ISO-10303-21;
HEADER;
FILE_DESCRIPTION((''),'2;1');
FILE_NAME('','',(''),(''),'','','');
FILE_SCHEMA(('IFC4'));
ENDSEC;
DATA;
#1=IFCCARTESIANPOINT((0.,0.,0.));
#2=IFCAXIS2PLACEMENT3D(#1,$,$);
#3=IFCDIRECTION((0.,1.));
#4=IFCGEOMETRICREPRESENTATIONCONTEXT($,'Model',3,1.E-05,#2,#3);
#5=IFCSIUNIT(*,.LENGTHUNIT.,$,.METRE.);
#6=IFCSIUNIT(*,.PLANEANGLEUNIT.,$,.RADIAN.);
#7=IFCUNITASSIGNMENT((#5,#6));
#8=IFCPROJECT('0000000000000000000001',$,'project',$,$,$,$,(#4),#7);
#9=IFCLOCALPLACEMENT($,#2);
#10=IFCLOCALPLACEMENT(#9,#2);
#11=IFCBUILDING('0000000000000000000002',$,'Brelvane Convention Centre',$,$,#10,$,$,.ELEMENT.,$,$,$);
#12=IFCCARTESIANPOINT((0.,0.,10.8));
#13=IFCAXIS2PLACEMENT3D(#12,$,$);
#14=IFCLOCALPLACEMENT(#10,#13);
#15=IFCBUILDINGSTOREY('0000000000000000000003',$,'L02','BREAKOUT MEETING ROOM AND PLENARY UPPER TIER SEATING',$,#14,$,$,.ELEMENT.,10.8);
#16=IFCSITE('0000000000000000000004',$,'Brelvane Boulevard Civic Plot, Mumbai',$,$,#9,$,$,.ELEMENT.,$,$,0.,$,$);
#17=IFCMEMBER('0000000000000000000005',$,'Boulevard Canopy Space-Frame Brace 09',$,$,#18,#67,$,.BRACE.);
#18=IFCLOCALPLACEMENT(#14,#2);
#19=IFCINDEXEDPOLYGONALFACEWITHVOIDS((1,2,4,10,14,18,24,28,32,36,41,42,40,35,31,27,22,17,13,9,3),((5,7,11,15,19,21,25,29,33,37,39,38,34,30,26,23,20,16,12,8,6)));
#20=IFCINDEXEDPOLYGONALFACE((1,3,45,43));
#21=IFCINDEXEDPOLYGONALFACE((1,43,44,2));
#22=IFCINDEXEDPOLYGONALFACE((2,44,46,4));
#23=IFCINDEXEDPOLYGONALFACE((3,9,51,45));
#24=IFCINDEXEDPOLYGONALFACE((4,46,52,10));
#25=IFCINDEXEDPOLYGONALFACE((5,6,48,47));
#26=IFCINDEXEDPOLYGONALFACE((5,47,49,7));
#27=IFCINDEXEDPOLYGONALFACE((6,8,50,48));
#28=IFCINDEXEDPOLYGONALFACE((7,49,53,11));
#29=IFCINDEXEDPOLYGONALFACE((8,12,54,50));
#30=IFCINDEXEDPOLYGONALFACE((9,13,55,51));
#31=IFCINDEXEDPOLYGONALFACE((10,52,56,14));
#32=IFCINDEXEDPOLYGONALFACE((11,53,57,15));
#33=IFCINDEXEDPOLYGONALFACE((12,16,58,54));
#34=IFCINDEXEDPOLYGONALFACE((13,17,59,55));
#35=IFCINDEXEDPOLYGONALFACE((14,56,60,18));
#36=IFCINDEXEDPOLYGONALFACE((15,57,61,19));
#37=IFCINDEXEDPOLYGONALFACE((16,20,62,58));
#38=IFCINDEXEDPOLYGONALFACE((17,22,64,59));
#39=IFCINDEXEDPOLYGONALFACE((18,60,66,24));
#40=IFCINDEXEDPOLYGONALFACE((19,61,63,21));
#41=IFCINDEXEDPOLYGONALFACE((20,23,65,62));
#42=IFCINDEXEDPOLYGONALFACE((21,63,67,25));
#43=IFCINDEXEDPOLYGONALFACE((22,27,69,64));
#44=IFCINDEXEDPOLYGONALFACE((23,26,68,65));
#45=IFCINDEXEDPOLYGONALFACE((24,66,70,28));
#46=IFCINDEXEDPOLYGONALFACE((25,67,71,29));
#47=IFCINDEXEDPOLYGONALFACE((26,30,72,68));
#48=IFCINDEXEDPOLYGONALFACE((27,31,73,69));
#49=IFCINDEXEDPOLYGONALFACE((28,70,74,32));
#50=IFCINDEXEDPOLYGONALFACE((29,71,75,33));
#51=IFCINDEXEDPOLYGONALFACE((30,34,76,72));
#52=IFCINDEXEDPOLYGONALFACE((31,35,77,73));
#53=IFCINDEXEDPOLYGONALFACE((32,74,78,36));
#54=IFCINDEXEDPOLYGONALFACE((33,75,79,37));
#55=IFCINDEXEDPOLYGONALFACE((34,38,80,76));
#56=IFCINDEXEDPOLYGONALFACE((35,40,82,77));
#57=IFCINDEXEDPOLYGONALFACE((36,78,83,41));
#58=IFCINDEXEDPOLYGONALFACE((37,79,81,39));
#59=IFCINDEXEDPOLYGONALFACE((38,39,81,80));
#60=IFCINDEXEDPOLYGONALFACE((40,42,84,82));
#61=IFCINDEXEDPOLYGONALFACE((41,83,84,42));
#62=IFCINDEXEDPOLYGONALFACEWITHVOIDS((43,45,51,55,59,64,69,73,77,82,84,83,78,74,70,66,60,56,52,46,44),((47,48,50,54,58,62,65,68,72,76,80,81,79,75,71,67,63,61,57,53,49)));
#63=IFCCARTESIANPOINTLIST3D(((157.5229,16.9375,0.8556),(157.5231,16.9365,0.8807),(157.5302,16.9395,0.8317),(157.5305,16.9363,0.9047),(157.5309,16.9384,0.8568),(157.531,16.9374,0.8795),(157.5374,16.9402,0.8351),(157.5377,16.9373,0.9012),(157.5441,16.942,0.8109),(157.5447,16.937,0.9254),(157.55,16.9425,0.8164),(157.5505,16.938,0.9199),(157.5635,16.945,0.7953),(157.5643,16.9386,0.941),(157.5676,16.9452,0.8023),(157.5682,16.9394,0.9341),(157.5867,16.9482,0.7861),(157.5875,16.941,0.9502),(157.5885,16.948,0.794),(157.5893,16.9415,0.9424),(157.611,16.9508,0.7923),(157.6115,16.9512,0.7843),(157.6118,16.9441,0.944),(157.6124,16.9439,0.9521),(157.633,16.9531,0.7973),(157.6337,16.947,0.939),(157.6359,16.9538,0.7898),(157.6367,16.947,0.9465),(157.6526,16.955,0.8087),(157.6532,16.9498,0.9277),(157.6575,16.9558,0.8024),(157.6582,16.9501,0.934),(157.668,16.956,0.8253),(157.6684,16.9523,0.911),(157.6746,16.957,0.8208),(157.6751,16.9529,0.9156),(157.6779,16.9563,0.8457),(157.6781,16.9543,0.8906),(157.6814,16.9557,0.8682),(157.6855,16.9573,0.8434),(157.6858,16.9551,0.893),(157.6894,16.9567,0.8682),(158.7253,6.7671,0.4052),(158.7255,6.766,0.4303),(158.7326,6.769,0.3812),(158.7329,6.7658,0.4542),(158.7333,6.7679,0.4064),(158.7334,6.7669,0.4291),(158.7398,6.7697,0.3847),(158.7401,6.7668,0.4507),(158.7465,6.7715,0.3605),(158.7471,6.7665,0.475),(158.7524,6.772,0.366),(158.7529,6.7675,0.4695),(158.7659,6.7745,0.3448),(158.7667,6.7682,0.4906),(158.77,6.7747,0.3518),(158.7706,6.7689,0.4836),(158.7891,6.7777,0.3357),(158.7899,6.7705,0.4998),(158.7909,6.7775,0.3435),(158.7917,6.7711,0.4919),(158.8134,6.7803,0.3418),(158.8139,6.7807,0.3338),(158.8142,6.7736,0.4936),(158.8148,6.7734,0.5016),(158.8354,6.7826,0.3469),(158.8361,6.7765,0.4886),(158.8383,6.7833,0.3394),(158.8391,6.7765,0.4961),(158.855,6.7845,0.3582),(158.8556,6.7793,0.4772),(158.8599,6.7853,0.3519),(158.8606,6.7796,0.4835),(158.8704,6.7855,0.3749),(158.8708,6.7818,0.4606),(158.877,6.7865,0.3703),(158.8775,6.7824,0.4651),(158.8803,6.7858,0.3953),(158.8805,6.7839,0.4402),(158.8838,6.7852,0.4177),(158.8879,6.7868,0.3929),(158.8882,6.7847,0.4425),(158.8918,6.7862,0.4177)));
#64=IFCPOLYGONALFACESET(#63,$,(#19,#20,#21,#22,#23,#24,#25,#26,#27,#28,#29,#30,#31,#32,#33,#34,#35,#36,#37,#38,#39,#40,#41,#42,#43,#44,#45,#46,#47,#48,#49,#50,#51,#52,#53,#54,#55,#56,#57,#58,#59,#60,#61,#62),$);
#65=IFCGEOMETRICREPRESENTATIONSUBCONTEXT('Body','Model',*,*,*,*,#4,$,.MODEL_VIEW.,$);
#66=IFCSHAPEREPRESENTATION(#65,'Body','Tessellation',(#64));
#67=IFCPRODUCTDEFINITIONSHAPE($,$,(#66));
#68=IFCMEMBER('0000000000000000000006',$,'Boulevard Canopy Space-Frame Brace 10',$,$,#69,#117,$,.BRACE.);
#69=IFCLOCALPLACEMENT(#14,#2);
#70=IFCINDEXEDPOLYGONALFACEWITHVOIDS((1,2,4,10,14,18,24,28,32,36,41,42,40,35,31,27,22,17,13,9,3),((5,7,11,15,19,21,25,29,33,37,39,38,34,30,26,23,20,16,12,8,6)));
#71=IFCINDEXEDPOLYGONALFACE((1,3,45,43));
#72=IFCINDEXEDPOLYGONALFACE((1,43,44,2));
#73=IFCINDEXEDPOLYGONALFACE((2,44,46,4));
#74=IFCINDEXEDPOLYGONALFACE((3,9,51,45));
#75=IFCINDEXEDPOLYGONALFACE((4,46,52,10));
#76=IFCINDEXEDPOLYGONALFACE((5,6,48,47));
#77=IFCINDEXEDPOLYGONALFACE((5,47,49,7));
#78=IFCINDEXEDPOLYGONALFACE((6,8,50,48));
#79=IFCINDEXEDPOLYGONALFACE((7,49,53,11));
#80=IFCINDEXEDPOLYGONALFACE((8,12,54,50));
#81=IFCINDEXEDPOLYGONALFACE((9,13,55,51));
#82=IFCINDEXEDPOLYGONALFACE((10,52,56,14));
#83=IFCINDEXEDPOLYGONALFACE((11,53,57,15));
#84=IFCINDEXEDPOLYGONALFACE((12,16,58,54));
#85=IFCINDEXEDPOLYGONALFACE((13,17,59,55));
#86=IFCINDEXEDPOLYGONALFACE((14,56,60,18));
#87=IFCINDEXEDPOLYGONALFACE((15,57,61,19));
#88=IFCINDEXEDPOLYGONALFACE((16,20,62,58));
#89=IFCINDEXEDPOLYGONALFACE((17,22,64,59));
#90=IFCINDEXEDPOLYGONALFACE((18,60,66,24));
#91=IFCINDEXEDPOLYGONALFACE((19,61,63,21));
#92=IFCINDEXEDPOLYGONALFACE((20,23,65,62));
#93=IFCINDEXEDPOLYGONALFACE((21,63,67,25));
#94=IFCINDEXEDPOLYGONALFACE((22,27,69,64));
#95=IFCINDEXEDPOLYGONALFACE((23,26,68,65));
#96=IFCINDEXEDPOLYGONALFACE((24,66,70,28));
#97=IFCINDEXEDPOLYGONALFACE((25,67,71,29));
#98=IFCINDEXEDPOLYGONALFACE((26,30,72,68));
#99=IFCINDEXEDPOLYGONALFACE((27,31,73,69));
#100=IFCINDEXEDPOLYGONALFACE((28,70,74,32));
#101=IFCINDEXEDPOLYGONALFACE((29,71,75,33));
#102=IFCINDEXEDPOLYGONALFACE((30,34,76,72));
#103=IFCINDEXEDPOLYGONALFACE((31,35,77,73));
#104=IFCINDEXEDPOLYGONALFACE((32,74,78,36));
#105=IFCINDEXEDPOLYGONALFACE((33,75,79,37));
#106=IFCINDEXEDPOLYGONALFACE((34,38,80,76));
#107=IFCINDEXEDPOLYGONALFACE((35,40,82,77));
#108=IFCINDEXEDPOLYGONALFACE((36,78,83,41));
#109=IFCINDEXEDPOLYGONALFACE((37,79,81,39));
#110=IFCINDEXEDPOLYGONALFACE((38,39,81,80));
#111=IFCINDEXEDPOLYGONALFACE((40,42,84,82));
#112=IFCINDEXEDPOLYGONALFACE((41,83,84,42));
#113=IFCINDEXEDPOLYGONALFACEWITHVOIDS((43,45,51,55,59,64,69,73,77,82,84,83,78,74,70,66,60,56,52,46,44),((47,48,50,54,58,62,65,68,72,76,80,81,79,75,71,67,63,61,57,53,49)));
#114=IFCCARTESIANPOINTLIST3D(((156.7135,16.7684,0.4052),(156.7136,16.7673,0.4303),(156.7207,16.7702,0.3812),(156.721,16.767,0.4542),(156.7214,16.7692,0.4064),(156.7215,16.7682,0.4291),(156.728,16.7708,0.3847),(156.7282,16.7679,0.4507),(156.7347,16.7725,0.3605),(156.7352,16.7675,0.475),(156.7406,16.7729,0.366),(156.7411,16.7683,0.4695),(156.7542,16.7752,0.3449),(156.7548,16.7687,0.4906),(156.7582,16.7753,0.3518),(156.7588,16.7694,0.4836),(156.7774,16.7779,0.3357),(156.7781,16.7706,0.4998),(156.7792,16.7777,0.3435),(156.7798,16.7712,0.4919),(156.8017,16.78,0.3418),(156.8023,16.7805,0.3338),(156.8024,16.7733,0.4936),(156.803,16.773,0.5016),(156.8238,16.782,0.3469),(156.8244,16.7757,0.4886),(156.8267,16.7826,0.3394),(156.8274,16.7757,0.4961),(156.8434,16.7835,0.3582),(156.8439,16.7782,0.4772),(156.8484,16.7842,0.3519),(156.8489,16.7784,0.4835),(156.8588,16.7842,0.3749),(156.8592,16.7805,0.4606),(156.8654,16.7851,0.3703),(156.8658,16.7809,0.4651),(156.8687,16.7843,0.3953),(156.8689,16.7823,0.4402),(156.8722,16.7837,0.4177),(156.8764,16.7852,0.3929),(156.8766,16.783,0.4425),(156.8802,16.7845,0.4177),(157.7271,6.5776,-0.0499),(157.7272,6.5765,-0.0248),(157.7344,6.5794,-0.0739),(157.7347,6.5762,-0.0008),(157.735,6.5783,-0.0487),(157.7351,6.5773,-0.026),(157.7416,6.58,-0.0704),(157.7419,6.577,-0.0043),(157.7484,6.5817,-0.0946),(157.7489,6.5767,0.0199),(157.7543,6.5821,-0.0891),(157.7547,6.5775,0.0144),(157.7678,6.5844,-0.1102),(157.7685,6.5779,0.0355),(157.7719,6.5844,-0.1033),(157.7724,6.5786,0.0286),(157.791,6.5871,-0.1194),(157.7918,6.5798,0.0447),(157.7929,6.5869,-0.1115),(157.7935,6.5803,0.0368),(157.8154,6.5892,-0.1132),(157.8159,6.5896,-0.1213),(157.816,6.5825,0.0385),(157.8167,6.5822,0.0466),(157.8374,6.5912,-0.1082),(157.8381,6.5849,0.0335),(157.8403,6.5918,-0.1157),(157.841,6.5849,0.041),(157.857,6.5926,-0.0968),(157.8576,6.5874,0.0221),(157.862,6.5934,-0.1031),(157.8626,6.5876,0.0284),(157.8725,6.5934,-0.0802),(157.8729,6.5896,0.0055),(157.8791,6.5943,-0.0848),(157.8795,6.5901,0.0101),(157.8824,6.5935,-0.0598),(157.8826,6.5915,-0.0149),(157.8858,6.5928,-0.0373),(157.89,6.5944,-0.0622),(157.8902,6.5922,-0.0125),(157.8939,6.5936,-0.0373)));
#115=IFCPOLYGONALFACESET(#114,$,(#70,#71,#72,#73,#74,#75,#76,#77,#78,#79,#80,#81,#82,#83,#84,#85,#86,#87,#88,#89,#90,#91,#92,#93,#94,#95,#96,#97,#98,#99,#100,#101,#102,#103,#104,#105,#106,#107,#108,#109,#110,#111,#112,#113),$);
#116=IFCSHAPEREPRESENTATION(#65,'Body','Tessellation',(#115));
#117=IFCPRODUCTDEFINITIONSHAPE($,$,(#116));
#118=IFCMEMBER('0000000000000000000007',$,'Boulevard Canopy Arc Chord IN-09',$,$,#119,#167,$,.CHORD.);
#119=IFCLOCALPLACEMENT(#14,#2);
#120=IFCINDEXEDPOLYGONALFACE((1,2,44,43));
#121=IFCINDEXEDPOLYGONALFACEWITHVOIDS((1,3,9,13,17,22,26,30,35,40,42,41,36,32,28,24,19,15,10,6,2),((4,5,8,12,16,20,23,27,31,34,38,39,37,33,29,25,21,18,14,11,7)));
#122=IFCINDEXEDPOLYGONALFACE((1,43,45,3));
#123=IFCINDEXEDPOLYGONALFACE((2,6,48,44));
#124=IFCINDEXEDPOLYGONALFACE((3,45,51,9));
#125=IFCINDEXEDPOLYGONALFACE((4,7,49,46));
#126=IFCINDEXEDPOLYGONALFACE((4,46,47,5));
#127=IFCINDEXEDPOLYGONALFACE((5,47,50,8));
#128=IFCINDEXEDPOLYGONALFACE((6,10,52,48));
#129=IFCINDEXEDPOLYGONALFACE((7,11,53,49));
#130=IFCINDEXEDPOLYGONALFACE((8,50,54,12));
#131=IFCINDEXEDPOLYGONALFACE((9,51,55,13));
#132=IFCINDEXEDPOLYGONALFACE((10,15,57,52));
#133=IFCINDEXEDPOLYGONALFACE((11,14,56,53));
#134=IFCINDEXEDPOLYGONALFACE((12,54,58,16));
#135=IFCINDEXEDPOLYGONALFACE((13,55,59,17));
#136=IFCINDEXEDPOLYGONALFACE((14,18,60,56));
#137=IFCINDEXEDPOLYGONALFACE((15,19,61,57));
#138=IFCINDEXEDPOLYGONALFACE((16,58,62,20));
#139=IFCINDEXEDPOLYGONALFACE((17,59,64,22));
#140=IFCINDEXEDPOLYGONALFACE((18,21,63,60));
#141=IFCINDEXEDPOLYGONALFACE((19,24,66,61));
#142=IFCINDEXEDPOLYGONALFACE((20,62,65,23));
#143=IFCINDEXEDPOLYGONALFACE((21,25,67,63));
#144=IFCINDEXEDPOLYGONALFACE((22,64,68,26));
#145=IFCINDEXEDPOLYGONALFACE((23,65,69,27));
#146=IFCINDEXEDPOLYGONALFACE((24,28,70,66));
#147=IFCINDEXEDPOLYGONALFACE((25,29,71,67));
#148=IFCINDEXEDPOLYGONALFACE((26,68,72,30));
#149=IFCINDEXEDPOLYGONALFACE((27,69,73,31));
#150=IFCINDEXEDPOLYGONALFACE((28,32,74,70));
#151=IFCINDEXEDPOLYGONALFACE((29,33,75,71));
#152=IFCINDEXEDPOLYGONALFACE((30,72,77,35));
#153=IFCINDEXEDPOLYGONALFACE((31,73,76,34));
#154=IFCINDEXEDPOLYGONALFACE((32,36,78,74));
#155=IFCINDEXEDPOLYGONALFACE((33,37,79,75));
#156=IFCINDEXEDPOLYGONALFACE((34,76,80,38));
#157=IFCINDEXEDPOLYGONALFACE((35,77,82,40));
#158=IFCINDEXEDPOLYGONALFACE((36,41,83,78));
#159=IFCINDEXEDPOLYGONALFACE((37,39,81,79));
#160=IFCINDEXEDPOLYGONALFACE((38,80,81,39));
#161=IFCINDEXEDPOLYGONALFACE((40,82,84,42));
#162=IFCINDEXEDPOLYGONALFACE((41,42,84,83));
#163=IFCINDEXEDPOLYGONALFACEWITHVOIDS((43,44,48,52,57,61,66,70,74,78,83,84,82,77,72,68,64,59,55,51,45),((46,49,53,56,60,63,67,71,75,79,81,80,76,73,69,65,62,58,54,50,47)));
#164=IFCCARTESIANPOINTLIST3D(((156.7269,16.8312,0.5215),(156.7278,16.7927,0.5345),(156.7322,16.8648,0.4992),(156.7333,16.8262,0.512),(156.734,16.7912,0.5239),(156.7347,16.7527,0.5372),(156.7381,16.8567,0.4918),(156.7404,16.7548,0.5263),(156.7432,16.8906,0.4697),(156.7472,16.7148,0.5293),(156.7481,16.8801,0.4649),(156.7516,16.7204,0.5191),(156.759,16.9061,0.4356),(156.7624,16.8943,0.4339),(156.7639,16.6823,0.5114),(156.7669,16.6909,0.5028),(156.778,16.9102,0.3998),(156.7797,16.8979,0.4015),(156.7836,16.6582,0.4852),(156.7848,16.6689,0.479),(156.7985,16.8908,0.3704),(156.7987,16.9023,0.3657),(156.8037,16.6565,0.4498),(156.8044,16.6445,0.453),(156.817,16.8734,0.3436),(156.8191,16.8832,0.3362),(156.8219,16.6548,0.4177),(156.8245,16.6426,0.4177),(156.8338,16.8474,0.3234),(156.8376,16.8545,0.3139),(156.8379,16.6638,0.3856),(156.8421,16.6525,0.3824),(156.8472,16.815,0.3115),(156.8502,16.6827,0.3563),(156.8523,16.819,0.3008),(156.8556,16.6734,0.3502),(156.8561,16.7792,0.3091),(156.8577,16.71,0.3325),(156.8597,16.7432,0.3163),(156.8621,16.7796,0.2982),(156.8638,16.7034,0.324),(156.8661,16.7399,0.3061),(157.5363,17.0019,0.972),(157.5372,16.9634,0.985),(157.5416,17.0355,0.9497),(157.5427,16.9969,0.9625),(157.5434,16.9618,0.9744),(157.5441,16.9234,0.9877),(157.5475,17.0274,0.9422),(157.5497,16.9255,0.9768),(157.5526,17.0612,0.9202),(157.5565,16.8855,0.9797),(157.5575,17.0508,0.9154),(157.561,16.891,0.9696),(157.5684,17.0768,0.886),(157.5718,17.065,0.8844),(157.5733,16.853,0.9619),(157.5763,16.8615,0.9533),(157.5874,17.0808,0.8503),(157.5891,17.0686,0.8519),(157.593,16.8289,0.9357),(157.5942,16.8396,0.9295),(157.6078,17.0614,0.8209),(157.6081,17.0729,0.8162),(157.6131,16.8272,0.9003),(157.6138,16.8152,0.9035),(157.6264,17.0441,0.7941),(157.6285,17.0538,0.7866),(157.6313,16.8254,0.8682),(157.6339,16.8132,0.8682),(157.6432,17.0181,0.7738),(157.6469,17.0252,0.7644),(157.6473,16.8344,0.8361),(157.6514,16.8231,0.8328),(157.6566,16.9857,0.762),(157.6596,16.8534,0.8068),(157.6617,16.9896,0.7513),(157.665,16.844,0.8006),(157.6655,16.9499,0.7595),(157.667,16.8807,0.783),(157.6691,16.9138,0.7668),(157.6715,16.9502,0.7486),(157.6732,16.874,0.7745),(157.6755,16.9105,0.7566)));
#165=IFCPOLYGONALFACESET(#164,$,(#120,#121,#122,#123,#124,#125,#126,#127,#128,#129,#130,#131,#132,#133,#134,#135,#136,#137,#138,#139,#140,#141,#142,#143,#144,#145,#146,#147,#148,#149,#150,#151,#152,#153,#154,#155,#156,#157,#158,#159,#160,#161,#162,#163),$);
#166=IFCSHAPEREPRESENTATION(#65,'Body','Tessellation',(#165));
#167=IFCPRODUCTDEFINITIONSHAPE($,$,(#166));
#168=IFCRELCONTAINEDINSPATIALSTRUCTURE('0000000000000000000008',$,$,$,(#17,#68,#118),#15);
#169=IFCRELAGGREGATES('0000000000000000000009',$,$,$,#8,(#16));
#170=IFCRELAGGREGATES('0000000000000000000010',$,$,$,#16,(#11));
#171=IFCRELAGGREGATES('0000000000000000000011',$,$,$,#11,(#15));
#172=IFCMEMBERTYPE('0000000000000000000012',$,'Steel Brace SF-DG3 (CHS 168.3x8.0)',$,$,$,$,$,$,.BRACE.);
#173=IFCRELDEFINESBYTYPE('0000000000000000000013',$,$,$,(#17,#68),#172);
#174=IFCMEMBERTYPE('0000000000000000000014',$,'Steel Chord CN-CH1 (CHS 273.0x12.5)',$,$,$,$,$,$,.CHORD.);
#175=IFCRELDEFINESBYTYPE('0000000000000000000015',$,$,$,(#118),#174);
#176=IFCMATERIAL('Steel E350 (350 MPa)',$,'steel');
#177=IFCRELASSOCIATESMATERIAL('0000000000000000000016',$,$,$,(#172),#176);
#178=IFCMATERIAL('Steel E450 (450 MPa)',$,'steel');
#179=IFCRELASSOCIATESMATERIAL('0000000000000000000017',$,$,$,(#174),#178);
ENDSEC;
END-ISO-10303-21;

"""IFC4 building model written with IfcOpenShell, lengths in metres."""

from ifc_helpers import new_model, si_unit, direction, frame, origin, origin_2d, place, context, subcontext, project, spatial, hollow_circle, extrude, material, material_profile, profile_set, type_object, element, save


model = new_model("IFC4")

# Units and contexts
model_context = context("Model", 3, precision=1e-05, world=origin(), true_north=direction((0.0, 1.0)))
body_context = subcontext(model_context, "Body", "Model", "MODEL_VIEW")
ifc_project = project(units=[si_unit("LENGTHUNIT", "METRE"), si_unit("PLANEANGLEUNIT", "RADIAN")], contexts=[model_context])

# Site, building, storey
site_placement = place(None, origin())
site = spatial("IfcSite", under=ifc_project, at=site_placement, Name="Brelvane Boulevard Civic Plot, Mumbai", CompositionType="ELEMENT", RefElevation=0.0)
building_placement = place(site_placement, origin())
building = spatial("IfcBuilding", under=site, at=building_placement, Name="Brelvane Convention Centre", CompositionType="ELEMENT")
storey_placement = place(building_placement, frame((0.0, 0.0, 10.8)))
storey = spatial("IfcBuildingStorey", under=building, at=storey_placement, Name="L02", Description="BREAKOUT MEETING ROOM AND PLENARY UPPER TIER SEATING", CompositionType="ELEMENT", Elevation=10.8)

# Members
ifc_material_1 = material(Name="Steel E350 (350 MPa)", Category="steel")
ifc_material_profile_1 = material_profile(ifc_material_1, hollow_circle(Radius=0.0842, WallThickness=0.0081, at=origin_2d()), Name="CHS 168.3x8.0")
ifc_profile_set_1 = profile_set([ifc_material_profile_1], Name="Steel E350 (350 MPa)")
member_type_1 = type_object("IfcMemberType", Name="Steel Brace SF-DG3 (CHS 168.3x8.0)", PredefinedType="BRACE", material=ifc_profile_set_1)
for number, where, z_axis, x_axis, name in (
    (1, (157.6057, 16.9468, 0.8682), (0.117294, -0.992125, -0.04394), (0.993084, 0.117407, 0.0), "Boulevard Canopy Space-Frame Brace 09"),
    (2, (156.7964, 16.7761, 0.4177), (0.098882, -0.994108, -0.044392), (0.995089, 0.09898, 0.0), "Boulevard Canopy Space-Frame Brace 10"),
):
    element("IfcMember", number, at=place(storey_placement, frame(where, z_axis=z_axis, x_axis=x_axis)), inside=storey, type_object=member_type_1, Name=name, PredefinedType="BRACE", context=body_context, shape_type="SweptSolid", body=[
        extrude(hollow_circle(Radius=0.0842, WallThickness=0.0081, at=origin_2d()), origin(), (0.0, 0.0, 1.0), 10.2512),
    ])
ifc_material_2 = material(Name="Steel E450 (450 MPa)", Category="steel")
ifc_material_profile_2 = material_profile(ifc_material_2, hollow_circle(Radius=0.1365, WallThickness=0.0125, at=origin_2d()), Name="CHS 273.0x12.5")
ifc_profile_set_2 = profile_set([ifc_material_profile_2], Name="Steel E450 (450 MPa)")
member_type_2 = type_object("IfcMemberType", Name="Steel Chord CN-CH1 (CHS 273.0x12.5)", PredefinedType="CHORD", material=ifc_profile_set_2)
member_1_placement = place(storey_placement, frame((157.6057, 16.9468, 0.8682), z_axis=(-0.85932, -0.181196, -0.478264), x_axis=(0.206323, -0.978484, 0.0)))
element("IfcMember", 3, at=member_1_placement, inside=storey, type_object=member_type_2, Name="Boulevard Canopy Arc Chord IN-09", PredefinedType="CHORD", context=body_context, shape_type="SweptSolid", body=[
    extrude(hollow_circle(Radius=0.1365, WallThickness=0.0125, at=origin_2d()), origin(), (0.0, 0.0, 1.0), 0.9419),
])

save(model, "model.ifc")
